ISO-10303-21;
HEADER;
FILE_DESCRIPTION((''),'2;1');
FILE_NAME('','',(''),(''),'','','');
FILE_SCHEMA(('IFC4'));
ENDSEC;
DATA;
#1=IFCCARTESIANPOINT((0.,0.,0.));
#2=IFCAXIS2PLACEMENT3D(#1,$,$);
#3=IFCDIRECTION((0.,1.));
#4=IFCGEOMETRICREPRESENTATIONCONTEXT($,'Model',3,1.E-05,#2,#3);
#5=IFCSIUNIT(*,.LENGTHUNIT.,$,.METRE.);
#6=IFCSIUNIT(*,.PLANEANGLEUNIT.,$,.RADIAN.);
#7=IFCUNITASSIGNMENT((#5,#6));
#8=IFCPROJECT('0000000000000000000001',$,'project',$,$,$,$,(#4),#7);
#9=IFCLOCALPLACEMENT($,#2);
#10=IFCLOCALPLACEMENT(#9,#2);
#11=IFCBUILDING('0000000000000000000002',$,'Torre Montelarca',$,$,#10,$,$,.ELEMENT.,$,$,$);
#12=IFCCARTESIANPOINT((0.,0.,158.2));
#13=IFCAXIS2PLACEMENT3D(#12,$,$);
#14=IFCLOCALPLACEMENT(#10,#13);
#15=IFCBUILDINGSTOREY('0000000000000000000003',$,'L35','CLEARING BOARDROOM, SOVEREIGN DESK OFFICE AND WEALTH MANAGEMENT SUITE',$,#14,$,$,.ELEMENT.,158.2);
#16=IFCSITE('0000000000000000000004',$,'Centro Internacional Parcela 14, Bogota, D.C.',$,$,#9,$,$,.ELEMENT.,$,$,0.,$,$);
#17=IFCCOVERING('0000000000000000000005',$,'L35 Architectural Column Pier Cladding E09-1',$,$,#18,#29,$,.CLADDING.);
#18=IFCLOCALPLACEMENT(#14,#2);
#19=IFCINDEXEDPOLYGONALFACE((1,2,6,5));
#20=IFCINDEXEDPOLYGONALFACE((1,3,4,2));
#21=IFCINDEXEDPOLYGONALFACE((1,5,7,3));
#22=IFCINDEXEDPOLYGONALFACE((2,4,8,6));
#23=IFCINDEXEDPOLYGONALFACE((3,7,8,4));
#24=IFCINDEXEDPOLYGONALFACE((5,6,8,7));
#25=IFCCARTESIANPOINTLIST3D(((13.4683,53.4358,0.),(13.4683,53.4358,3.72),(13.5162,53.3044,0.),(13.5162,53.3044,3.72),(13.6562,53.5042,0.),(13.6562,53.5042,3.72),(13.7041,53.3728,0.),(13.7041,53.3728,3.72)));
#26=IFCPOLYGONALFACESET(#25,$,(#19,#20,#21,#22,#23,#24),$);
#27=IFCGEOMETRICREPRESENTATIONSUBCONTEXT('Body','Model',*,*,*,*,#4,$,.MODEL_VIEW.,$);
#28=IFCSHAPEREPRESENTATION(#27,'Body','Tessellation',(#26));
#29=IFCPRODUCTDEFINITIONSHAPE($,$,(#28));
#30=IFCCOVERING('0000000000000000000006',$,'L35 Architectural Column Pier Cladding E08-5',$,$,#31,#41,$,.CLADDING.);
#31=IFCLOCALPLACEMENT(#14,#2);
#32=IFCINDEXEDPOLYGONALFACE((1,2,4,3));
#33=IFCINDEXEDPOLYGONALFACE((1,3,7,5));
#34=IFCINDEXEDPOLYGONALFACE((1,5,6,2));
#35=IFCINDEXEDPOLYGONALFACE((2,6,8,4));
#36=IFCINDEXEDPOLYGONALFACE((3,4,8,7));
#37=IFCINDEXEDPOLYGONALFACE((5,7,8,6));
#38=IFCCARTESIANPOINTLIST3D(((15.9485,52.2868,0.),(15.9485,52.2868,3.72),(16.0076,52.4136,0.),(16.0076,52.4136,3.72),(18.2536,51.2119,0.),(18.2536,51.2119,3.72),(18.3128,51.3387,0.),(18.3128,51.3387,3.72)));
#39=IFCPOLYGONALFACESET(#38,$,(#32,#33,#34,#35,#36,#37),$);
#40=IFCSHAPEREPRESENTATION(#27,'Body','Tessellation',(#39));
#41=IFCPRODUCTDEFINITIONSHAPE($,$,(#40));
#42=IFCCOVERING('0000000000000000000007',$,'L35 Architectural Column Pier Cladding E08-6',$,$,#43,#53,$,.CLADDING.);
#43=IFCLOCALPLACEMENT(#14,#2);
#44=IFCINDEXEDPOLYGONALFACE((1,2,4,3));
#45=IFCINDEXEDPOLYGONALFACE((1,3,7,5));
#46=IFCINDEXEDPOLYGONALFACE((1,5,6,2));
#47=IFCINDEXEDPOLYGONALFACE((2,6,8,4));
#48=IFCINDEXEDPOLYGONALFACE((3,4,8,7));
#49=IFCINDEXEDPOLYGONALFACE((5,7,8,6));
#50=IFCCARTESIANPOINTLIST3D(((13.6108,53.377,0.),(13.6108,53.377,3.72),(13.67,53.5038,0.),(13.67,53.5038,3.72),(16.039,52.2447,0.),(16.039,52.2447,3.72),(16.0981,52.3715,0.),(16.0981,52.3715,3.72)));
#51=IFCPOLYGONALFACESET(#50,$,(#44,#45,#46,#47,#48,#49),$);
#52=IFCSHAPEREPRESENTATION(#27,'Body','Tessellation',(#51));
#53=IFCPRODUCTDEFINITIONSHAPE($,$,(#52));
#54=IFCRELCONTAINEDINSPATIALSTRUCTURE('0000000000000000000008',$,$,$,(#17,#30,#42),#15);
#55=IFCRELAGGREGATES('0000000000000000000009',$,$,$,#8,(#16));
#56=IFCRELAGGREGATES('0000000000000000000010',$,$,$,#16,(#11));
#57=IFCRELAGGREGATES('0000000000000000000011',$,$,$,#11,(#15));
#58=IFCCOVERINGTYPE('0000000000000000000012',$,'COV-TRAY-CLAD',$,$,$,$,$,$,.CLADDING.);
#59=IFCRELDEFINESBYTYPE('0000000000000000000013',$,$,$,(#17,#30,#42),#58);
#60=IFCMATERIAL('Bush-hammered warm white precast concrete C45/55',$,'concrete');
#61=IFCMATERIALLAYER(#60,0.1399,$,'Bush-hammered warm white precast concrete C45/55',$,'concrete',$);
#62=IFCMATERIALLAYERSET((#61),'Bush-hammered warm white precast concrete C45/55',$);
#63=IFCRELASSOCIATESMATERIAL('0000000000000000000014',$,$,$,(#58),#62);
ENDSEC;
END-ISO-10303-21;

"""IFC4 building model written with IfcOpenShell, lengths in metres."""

from ifc_helpers import new_model, si_unit, direction, frame, origin, origin_2d, place, context, subcontext, project, spatial, rectangle, extrude, source, transform, mapped, material, layer, layer_set, type_object, element, save


model = new_model("IFC4")

# Units and contexts
model_context = context("Model", 3, precision=1e-05, world=origin(), true_north=direction((0.0, 1.0)))
body_context = subcontext(model_context, "Body", "Model", "MODEL_VIEW")
ifc_project = project(units=[si_unit("LENGTHUNIT", "METRE"), si_unit("PLANEANGLEUNIT", "RADIAN")], contexts=[model_context])

# Site, building, storey
site_placement = place(None, origin())
site = spatial("IfcSite", under=ifc_project, at=site_placement, Name="Centro Internacional Parcela 14, Bogota, D.C.", CompositionType="ELEMENT", RefElevation=0.0)
building_placement = place(site_placement, origin())
building = spatial("IfcBuilding", under=site, at=building_placement, Name="Torre Montelarca", CompositionType="ELEMENT")
storey_placement = place(building_placement, frame((0.0, 0.0, 158.2)))
storey = spatial("IfcBuildingStorey", under=building, at=storey_placement, Name="L35", Description="CLEARING BOARDROOM, SOVEREIGN DESK OFFICE AND WEALTH MANAGEMENT SUITE", CompositionType="ELEMENT", Elevation=158.2)

# Coverings
ifc_material_1 = material(Name="Bush-hammered warm white precast concrete C45/55", Category="concrete")
ifc_layer_1 = layer(ifc_material_1, 0.1399, Name="Bush-hammered warm white precast concrete C45/55", Category="concrete")
ifc_layer_set_1 = layer_set([ifc_layer_1], Name="Bush-hammered warm white precast concrete C45/55")
covering_type = type_object("IfcCoveringType", Name="COV-TRAY-CLAD", PredefinedType="CLADDING", material=ifc_layer_set_1)
shared_shape_1 = source(origin(), body_context, "Body", "SweptSolid", [
    extrude(rectangle(XDim=0.2, YDim=0.1399, at=origin_2d()), origin(), (0.0, 0.0, 1.0), 3.72),
])
covering_1_placement = place(storey_placement, frame((13.5862, 53.4043, 0.0), z_axis=(0.0, 0.0, 1.0), x_axis=(-0.939694, -0.342017, 0.0)))
element("IfcCovering", 1, at=covering_1_placement, inside=storey, type_object=covering_type, Name="L35 Architectural Column Pier Cladding E09-1", PredefinedType="CLADDING", context=body_context, shape_type="MappedRepresentation", body=[
    mapped(shared_shape_1, transform((0.0, 0.0, 0.0), scale=1.0)),
])
shared_shape_2 = source(origin(), body_context, "Body", "SweptSolid", [
    extrude(rectangle(XDim=2.5435, YDim=0.1399, at=origin_2d()), origin(), (0.0, 0.0, 1.0), 3.72),
])
covering_2_placement = place(storey_placement, frame((17.1306, 51.8127, 0.0), z_axis=(0.0, 0.0, 1.0), x_axis=(-0.906308, 0.422618, 0.0)))
element("IfcCovering", 2, at=covering_2_placement, inside=storey, type_object=covering_type, Name="L35 Architectural Column Pier Cladding E08-5", PredefinedType="CLADDING", context=body_context, shape_type="MappedRepresentation", body=[
    mapped(shared_shape_2, transform((0.0, 0.0, 0.0), scale=1.0)),
])
shared_shape_3 = source(origin(), body_context, "Body", "SweptSolid", [
    extrude(rectangle(XDim=2.6792, YDim=0.1399, at=origin_2d()), origin(), (0.0, 0.0, 1.0), 3.72),
])
covering_3_placement = place(storey_placement, frame((14.8545, 52.8743, 0.0), z_axis=(0.0, 0.0, 1.0), x_axis=(-0.906308, 0.422618, 0.0)))
element("IfcCovering", 3, at=covering_3_placement, inside=storey, type_object=covering_type, Name="L35 Architectural Column Pier Cladding E08-6", PredefinedType="CLADDING", context=body_context, shape_type="MappedRepresentation", body=[
    mapped(shared_shape_3, transform((0.0, 0.0, 0.0), scale=1.0)),
])

save(model, "model.ifc")
